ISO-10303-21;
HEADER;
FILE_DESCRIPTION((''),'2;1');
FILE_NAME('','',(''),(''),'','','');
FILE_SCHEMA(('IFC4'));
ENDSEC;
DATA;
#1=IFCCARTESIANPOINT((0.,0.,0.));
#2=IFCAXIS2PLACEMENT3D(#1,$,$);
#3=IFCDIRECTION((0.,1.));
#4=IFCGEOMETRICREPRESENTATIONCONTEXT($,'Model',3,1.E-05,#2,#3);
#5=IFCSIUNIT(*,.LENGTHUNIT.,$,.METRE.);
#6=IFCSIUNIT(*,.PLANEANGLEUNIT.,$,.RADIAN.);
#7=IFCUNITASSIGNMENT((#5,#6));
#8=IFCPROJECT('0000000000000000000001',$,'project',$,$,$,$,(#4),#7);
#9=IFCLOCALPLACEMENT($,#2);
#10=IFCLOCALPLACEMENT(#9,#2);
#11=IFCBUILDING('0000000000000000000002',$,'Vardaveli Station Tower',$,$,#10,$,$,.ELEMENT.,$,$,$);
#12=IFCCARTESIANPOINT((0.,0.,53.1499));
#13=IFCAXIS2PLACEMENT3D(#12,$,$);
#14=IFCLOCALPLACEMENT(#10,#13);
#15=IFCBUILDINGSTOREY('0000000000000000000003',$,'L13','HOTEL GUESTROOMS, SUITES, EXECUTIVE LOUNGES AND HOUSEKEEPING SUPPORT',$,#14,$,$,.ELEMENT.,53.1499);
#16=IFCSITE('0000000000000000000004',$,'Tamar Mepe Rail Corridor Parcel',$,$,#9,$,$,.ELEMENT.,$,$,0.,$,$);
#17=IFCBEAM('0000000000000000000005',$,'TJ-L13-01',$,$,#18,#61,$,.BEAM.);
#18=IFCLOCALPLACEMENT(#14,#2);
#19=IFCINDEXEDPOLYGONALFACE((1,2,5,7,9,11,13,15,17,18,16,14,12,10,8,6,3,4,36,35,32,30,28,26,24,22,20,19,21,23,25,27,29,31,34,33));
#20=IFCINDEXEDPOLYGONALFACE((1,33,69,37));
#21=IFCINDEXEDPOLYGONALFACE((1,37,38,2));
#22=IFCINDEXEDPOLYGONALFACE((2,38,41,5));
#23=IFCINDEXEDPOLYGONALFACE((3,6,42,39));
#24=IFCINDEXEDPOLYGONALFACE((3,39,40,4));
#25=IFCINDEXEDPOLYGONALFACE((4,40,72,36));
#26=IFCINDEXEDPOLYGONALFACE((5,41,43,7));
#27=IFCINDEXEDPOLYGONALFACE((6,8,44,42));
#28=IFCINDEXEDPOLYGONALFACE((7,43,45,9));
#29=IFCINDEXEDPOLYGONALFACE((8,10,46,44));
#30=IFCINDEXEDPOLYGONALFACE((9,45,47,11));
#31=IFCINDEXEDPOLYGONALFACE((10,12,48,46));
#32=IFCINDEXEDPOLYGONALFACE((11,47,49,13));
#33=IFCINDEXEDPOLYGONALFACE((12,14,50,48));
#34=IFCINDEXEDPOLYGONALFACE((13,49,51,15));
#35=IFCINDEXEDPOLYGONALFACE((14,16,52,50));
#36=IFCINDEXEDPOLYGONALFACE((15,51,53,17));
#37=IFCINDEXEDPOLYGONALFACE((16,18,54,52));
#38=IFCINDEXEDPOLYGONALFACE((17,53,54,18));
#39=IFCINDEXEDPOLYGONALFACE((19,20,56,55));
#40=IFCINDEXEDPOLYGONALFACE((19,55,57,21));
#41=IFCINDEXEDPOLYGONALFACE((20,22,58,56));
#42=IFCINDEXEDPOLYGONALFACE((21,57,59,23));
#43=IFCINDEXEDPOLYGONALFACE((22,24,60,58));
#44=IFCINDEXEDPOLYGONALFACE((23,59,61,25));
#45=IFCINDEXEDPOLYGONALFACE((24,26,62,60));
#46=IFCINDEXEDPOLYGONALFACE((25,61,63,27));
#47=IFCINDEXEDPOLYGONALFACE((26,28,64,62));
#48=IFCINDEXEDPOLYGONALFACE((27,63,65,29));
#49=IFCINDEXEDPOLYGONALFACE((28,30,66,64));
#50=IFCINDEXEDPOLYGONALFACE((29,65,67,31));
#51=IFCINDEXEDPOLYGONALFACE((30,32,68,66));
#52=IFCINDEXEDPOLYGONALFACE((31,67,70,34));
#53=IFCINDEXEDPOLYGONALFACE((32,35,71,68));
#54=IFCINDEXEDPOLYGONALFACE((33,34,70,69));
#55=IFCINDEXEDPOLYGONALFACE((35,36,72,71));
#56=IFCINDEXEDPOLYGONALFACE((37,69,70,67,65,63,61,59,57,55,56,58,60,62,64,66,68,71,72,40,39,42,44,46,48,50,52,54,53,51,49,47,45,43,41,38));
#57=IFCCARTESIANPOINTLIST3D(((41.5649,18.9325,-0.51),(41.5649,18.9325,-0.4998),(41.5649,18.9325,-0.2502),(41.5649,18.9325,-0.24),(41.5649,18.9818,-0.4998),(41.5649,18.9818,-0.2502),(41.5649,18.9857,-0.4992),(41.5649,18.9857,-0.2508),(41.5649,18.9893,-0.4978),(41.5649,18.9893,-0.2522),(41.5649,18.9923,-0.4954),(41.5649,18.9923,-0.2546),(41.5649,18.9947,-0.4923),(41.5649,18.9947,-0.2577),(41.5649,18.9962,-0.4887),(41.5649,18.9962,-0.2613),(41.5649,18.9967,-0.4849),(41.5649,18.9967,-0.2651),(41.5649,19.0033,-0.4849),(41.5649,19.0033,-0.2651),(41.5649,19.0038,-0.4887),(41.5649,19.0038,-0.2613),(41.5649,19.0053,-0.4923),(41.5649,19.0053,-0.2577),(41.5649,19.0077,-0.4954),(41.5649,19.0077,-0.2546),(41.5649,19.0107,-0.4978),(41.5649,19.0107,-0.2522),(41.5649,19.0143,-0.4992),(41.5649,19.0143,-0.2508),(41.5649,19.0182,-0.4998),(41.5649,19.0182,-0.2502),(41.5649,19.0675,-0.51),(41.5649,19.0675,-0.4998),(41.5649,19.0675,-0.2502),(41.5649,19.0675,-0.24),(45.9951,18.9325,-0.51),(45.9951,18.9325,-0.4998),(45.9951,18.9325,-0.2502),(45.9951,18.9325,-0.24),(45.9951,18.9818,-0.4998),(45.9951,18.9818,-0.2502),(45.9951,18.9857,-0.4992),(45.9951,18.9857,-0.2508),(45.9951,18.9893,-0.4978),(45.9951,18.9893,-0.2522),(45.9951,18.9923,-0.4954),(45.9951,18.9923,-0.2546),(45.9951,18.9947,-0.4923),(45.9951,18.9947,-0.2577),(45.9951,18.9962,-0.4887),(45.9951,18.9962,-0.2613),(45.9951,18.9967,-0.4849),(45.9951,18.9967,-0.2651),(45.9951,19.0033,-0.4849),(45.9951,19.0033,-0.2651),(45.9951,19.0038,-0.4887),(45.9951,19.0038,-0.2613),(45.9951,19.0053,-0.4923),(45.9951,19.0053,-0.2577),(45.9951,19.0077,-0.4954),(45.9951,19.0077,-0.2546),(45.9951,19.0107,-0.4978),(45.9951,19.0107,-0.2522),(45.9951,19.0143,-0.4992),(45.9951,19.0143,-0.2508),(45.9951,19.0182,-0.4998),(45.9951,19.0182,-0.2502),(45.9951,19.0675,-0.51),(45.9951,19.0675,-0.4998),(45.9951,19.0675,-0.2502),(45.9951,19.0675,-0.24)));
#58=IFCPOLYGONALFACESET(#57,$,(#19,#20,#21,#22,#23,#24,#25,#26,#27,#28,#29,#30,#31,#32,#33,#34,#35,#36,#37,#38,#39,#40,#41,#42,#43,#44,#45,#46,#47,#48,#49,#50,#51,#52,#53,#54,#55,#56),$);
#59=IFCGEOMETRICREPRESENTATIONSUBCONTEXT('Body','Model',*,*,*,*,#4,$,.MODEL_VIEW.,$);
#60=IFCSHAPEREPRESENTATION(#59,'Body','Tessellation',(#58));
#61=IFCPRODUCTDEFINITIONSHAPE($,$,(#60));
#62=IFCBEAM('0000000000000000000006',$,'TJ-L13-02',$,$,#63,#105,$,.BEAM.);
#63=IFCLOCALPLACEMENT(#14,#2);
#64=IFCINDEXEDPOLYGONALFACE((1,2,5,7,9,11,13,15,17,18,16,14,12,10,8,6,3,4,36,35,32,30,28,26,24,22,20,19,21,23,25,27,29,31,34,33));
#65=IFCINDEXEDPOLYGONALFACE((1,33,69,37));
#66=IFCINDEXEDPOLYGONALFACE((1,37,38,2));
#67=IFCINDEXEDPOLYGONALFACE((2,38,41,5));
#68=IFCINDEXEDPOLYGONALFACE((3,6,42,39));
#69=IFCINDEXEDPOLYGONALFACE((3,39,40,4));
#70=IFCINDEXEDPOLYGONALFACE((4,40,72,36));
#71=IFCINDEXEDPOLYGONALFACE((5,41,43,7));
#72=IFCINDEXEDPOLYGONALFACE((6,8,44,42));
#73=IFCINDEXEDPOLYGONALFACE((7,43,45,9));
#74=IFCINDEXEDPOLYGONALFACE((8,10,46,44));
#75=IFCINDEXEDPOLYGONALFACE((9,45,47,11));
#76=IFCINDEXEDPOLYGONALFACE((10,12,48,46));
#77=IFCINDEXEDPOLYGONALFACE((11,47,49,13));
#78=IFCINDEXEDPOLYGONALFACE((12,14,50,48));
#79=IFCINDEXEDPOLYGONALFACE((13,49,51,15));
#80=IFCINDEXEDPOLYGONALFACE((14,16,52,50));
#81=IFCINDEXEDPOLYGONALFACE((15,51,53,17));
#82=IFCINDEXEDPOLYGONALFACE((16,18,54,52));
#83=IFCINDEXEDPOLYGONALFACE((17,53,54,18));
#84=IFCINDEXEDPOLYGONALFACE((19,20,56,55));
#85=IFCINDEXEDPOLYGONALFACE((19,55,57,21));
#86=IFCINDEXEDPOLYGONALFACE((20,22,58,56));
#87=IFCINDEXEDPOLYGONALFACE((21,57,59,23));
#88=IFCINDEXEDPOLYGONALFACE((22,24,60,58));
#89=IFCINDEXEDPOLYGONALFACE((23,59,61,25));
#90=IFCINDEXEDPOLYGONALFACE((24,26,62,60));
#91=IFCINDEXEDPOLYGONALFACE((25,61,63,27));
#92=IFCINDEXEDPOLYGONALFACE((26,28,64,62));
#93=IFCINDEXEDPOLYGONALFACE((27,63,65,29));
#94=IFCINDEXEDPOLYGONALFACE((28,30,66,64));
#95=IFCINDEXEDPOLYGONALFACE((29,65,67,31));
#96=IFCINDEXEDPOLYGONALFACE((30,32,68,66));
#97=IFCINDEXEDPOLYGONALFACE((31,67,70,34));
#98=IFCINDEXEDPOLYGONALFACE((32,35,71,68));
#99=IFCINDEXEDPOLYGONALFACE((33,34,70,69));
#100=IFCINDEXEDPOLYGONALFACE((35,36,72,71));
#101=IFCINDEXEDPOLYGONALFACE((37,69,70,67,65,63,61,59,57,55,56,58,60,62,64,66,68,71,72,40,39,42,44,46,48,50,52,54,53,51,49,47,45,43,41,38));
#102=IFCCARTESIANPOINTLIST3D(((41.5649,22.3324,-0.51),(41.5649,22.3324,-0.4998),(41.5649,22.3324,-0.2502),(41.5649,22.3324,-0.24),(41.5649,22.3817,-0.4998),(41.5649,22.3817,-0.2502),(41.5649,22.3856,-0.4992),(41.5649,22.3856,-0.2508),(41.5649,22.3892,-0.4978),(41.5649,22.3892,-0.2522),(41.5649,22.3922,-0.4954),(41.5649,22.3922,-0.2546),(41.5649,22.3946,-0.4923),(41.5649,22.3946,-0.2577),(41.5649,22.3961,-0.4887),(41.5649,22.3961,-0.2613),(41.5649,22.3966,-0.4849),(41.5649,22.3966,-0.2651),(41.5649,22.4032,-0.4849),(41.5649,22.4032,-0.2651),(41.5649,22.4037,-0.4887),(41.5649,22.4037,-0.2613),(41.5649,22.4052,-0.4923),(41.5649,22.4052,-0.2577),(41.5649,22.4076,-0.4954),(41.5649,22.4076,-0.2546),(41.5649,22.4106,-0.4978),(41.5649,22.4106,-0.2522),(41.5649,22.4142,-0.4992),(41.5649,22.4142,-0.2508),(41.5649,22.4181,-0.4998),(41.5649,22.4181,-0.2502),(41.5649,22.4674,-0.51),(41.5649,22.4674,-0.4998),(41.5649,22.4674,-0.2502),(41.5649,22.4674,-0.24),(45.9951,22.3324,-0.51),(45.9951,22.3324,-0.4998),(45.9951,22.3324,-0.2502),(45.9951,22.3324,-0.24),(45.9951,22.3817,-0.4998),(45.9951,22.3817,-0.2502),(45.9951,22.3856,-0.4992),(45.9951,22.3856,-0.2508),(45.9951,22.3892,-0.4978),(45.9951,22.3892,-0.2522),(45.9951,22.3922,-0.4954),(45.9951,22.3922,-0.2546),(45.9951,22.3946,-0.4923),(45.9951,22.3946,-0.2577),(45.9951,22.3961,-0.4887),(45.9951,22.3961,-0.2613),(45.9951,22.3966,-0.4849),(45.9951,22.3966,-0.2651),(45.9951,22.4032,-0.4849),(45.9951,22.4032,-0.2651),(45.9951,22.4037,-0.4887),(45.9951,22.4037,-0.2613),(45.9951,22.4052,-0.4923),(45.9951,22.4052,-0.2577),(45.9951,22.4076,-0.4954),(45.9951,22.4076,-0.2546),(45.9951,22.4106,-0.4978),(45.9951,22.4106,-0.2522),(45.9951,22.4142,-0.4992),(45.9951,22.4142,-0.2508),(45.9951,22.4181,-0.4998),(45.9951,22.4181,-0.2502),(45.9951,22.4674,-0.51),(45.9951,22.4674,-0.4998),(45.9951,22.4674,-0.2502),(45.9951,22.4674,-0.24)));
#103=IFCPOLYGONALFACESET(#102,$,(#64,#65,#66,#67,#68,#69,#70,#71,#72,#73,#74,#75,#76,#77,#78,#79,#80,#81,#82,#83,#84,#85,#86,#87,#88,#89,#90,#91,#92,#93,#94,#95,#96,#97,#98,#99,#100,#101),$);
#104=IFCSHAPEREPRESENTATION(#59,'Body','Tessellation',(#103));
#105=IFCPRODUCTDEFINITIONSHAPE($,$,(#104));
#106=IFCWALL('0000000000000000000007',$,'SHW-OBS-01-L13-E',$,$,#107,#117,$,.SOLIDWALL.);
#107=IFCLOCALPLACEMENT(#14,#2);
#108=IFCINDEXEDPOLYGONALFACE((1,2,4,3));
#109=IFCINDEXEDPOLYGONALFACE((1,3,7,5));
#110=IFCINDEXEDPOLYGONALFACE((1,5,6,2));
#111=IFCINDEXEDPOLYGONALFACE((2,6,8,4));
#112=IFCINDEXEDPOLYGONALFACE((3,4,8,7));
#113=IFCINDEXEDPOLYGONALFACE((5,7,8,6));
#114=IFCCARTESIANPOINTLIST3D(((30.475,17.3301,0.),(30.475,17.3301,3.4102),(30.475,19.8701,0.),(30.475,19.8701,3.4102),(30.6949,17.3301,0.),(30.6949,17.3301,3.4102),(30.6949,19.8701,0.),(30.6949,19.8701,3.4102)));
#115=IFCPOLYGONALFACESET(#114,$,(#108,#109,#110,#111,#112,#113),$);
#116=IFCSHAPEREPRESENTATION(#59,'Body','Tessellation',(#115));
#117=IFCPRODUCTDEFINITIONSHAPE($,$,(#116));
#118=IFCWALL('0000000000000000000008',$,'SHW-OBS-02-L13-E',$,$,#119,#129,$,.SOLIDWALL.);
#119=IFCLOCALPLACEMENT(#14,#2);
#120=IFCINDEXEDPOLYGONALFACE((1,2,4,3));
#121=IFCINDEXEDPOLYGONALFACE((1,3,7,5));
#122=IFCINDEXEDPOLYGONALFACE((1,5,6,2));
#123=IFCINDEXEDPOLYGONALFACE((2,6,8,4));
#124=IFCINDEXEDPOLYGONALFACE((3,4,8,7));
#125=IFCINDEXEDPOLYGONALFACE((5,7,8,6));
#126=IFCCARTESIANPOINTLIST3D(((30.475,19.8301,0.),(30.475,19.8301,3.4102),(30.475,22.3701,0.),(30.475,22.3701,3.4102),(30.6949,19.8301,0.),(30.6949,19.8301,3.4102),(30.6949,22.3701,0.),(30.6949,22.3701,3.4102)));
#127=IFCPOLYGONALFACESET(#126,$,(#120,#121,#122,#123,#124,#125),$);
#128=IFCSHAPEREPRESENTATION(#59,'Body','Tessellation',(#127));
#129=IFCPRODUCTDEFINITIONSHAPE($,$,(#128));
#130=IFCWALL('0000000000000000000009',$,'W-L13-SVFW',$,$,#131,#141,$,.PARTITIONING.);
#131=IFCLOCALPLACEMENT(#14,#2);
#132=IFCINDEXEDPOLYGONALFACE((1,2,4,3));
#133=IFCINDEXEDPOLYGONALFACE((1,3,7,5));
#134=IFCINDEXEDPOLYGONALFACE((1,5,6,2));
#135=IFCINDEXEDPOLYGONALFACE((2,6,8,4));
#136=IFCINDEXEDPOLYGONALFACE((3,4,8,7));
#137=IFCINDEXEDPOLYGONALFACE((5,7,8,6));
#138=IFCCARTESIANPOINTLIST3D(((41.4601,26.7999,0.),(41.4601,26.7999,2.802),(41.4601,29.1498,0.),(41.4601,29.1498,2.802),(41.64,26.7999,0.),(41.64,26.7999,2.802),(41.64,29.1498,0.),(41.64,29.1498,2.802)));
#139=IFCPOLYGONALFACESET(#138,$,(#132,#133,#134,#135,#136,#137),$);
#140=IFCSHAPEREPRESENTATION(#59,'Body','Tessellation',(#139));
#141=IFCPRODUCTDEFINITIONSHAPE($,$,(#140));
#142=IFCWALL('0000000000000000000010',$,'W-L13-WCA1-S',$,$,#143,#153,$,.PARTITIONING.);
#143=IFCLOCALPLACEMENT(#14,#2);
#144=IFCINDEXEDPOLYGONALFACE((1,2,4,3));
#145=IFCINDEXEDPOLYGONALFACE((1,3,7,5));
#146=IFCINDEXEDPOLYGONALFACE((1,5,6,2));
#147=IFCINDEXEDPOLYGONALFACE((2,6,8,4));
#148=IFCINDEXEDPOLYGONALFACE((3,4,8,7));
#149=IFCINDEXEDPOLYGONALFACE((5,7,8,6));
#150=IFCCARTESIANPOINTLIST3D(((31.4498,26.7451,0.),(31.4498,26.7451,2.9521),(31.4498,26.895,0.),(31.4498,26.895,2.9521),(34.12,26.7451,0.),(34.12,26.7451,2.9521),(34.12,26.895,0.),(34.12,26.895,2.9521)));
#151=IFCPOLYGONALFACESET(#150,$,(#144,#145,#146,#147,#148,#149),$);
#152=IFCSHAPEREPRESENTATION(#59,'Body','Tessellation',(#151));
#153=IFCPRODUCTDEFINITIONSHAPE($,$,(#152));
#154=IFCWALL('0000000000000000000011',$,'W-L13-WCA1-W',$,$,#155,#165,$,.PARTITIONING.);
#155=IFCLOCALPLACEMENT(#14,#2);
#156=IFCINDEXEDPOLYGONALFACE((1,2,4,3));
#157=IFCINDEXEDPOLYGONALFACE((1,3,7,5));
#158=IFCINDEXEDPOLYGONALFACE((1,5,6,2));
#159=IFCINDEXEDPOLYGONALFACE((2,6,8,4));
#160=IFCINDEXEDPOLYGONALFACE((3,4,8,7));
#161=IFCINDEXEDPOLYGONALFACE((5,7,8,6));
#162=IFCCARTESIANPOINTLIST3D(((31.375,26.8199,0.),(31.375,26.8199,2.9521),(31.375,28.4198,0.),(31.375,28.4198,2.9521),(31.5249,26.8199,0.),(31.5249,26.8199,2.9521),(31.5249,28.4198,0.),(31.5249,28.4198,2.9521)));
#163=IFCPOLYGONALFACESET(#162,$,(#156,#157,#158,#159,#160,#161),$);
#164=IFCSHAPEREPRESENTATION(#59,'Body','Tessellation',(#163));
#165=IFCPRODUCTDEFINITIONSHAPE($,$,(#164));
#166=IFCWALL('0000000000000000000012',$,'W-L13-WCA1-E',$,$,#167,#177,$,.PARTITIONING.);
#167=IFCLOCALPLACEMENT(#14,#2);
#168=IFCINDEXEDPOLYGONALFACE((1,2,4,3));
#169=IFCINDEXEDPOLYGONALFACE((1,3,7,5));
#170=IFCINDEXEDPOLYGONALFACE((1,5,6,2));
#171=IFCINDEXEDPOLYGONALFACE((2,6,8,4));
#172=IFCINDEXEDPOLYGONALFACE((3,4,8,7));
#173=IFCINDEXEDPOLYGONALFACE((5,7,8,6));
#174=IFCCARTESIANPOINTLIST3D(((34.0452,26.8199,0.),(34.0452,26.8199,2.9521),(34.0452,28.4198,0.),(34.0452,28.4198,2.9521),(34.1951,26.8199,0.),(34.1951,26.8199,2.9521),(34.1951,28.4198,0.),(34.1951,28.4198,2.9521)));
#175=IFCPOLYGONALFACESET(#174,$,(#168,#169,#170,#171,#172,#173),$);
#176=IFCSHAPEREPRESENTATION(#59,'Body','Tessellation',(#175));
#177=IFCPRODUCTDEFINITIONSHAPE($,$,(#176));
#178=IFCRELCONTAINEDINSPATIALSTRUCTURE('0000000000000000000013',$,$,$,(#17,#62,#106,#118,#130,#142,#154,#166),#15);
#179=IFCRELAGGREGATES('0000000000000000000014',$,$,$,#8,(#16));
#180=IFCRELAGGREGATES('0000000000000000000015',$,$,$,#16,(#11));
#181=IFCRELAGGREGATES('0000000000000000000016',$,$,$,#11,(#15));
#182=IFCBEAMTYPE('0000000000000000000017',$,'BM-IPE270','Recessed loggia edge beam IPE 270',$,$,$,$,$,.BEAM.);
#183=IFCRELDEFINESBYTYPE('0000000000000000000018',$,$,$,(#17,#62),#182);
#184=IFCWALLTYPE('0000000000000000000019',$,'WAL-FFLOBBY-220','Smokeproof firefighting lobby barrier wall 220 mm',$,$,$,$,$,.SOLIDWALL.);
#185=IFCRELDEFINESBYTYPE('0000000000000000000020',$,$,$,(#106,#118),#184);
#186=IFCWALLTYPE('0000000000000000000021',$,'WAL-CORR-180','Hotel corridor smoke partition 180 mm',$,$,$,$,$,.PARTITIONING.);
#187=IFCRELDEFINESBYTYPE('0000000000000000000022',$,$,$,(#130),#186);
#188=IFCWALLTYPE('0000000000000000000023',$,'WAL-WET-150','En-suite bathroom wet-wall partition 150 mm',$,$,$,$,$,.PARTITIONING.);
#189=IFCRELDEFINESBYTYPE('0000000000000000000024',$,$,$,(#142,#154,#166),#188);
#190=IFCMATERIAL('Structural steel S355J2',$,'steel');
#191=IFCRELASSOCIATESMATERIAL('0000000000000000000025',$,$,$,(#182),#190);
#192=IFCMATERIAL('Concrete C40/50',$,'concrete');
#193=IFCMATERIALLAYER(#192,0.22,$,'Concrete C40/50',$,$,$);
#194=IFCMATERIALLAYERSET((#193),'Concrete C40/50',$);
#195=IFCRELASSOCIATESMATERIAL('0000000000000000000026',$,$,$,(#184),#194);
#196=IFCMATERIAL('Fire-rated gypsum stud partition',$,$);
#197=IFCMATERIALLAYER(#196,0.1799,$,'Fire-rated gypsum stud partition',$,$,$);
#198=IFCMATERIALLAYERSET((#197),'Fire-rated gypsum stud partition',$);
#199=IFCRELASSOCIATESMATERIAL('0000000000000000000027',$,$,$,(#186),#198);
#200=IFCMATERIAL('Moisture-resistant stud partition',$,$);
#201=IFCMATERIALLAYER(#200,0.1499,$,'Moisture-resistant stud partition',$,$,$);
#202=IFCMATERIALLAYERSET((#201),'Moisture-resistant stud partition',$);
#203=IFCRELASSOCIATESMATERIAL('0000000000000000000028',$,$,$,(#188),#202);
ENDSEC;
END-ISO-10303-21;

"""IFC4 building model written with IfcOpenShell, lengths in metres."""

from ifc_helpers import new_model, si_unit, direction, frame, frame_2d, origin, origin_2d, place, context, subcontext, project, spatial, rectangle, i_section, extrude, source, transform, mapped, material, layer, layer_set, material_profile, profile_set, type_object, element, save


model = new_model("IFC4")

# Units and contexts
model_context = context("Model", 3, precision=1e-05, world=origin(), true_north=direction((0.0, 1.0)))
body_context = subcontext(model_context, "Body", "Model", "MODEL_VIEW")
ifc_project = project(units=[si_unit("LENGTHUNIT", "METRE"), si_unit("PLANEANGLEUNIT", "RADIAN")], contexts=[model_context])

# Site, building, storey
site_placement = place(None, origin())
site = spatial("IfcSite", under=ifc_project, at=site_placement, Name="Tamar Mepe Rail Corridor Parcel", CompositionType="ELEMENT", RefElevation=0.0)
building_placement = place(site_placement, origin())
building = spatial("IfcBuilding", under=site, at=building_placement, Name="Vardaveli Station Tower", CompositionType="ELEMENT")
storey_placement = place(building_placement, frame((0.0, 0.0, 53.1499)))
storey = spatial("IfcBuildingStorey", under=building, at=storey_placement, Name="L13", Description="HOTEL GUESTROOMS, SUITES, EXECUTIVE LOUNGES AND HOUSEKEEPING SUPPORT", CompositionType="ELEMENT", Elevation=53.1499)

# Beams
ifc_material_1 = material(Name="Structural steel S355J2", Category="steel")
ifc_material_profile_1 = material_profile(ifc_material_1, i_section(OverallWidth=0.135, OverallDepth=0.27, WebThickness=0.0066, FlangeThickness=0.0103, FilletRadius=0.0149, at=origin_2d()), Name="IPE 270")
ifc_profile_set_1 = profile_set([ifc_material_profile_1], Name="Structural steel S355J2")
beam_type_1 = type_object("IfcBeamType", Name="BM-IPE270", Description="Recessed loggia edge beam IPE 270", PredefinedType="BEAM", material=ifc_profile_set_1)
shared_shape_1 = source(origin(), body_context, "Body", "SweptSolid", [
    extrude(i_section(OverallWidth=0.135, OverallDepth=0.27, WebThickness=0.0066, FlangeThickness=0.0103, FilletRadius=0.0149, at=origin_2d()), origin(), (0.0, 0.0, 1.0), 4.4302),
])
for number, where, z_axis, x_axis, name in (
    (1, (41.5649, 19.0, -0.375), (1.0, 0.0, 0.0), (0.0, 1.0, 0.0), "TJ-L13-01"),
    (2, (41.5649, 22.3999, -0.375), (1.0, 0.0, 0.0), (0.0, 1.0, 0.0), "TJ-L13-02"),
):
    element("IfcBeam", number, at=place(storey_placement, frame(where, z_axis=z_axis, x_axis=x_axis)), inside=storey, type_object=beam_type_1, Name=name, PredefinedType="BEAM", context=body_context, shape_type="MappedRepresentation", body=[
        mapped(shared_shape_1, transform((0.0, 0.0, 0.0), scale=1.0)),
    ])

# Walls
ifc_material_2 = material(Name="Concrete C40/50", Category="concrete")
ifc_layer_1 = layer(ifc_material_2, 0.22, Name="Concrete C40/50")
ifc_layer_set_1 = layer_set([ifc_layer_1], Name="Concrete C40/50")
wall_type_1 = type_object("IfcWallType", Name="WAL-FFLOBBY-220", Description="Smokeproof firefighting lobby barrier wall 220 mm", PredefinedType="SOLIDWALL", material=ifc_layer_set_1)
shared_shape_2 = source(origin(), body_context, "Body", "SweptSolid", [
    extrude(rectangle(XDim=2.54, YDim=0.22, at=frame_2d((1.27, 0.0))), origin(), (0.0, 0.0, 1.0), 3.4102),
])
for number, where, z_axis, x_axis, name in (
    (3, (30.585, 17.3301, 0.0), (0.0, 0.0, 1.0), (0.0, 1.0, 0.0), "SHW-OBS-01-L13-E"),
    (4, (30.585, 19.8301, 0.0), (0.0, 0.0, 1.0), (0.0, 1.0, 0.0), "SHW-OBS-02-L13-E"),
):
    element("IfcWall", number, at=place(storey_placement, frame(where, z_axis=z_axis, x_axis=x_axis)), inside=storey, type_object=wall_type_1, Name=name, PredefinedType="SOLIDWALL", context=body_context, shape_type="MappedRepresentation", body=[
        mapped(shared_shape_2, transform((0.0, 0.0, 0.0), scale=1.0)),
    ])
ifc_material_3 = material(Name="Fire-rated gypsum stud partition")
ifc_layer_2 = layer(ifc_material_3, 0.1799, Name="Fire-rated gypsum stud partition")
ifc_layer_set_2 = layer_set([ifc_layer_2], Name="Fire-rated gypsum stud partition")
wall_type_2 = type_object("IfcWallType", Name="WAL-CORR-180", Description="Hotel corridor smoke partition 180 mm", PredefinedType="PARTITIONING", material=ifc_layer_set_2)
shared_shape_3 = source(origin(), body_context, "Body", "SweptSolid", [
    extrude(rectangle(XDim=2.3499, YDim=0.1799, at=frame_2d((1.1748, 0.0))), origin(), (0.0, 0.0, 1.0), 2.802),
])
wall_1_placement = place(storey_placement, frame((41.55, 26.8, 0.0), z_axis=(0.0, 0.0, 1.0), x_axis=(0.0, 1.0, 0.0)))
element("IfcWall", 5, at=wall_1_placement, inside=storey, type_object=wall_type_2, Name="W-L13-SVFW", PredefinedType="PARTITIONING", context=body_context, shape_type="MappedRepresentation", body=[
    mapped(shared_shape_3, transform((0.0, 0.0, 0.0), scale=1.0)),
])
ifc_material_4 = material(Name="Moisture-resistant stud partition")
ifc_layer_3 = layer(ifc_material_4, 0.1499, Name="Moisture-resistant stud partition")
ifc_layer_set_3 = layer_set([ifc_layer_3], Name="Moisture-resistant stud partition")
wall_type_3 = type_object("IfcWallType", Name="WAL-WET-150", Description="En-suite bathroom wet-wall partition 150 mm", PredefinedType="PARTITIONING", material=ifc_layer_set_3)
shared_shape_4 = source(origin(), body_context, "Body", "SweptSolid", [
    extrude(rectangle(XDim=2.6702, YDim=0.1499, at=frame_2d((1.335, 0.0))), origin(), (0.0, 0.0, 1.0), 2.9521),
])
wall_2_placement = place(storey_placement, frame((31.45, 26.8201, 0.0), z_axis=(0.0, 0.0, 1.0), x_axis=(1.0, 0.0, 0.0)))
element("IfcWall", 6, at=wall_2_placement, inside=storey, type_object=wall_type_3, Name="W-L13-WCA1-S", PredefinedType="PARTITIONING", context=body_context, shape_type="MappedRepresentation", body=[
    mapped(shared_shape_4, transform((0.0, 0.0, 0.0), scale=1.0)),
])
shared_shape_5 = source(origin(), body_context, "Body", "SweptSolid", [
    extrude(rectangle(XDim=1.5999, YDim=0.1499, at=frame_2d((0.7998, 0.0))), origin(), (0.0, 0.0, 1.0), 2.9521),
])
for number, where, z_axis, x_axis, name in (
    (7, (31.45, 26.8201, 0.0), (0.0, 0.0, 1.0), (0.0, 1.0, 0.0), "W-L13-WCA1-W"),
    (8, (34.1201, 26.8201, 0.0), (0.0, 0.0, 1.0), (0.0, 1.0, 0.0), "W-L13-WCA1-E"),
):
    element("IfcWall", number, at=place(storey_placement, frame(where, z_axis=z_axis, x_axis=x_axis)), inside=storey, type_object=wall_type_3, Name=name, PredefinedType="PARTITIONING", context=body_context, shape_type="MappedRepresentation", body=[
        mapped(shared_shape_5, transform((0.0, 0.0, 0.0), scale=1.0)),
    ])

save(model, "model.ifc")
